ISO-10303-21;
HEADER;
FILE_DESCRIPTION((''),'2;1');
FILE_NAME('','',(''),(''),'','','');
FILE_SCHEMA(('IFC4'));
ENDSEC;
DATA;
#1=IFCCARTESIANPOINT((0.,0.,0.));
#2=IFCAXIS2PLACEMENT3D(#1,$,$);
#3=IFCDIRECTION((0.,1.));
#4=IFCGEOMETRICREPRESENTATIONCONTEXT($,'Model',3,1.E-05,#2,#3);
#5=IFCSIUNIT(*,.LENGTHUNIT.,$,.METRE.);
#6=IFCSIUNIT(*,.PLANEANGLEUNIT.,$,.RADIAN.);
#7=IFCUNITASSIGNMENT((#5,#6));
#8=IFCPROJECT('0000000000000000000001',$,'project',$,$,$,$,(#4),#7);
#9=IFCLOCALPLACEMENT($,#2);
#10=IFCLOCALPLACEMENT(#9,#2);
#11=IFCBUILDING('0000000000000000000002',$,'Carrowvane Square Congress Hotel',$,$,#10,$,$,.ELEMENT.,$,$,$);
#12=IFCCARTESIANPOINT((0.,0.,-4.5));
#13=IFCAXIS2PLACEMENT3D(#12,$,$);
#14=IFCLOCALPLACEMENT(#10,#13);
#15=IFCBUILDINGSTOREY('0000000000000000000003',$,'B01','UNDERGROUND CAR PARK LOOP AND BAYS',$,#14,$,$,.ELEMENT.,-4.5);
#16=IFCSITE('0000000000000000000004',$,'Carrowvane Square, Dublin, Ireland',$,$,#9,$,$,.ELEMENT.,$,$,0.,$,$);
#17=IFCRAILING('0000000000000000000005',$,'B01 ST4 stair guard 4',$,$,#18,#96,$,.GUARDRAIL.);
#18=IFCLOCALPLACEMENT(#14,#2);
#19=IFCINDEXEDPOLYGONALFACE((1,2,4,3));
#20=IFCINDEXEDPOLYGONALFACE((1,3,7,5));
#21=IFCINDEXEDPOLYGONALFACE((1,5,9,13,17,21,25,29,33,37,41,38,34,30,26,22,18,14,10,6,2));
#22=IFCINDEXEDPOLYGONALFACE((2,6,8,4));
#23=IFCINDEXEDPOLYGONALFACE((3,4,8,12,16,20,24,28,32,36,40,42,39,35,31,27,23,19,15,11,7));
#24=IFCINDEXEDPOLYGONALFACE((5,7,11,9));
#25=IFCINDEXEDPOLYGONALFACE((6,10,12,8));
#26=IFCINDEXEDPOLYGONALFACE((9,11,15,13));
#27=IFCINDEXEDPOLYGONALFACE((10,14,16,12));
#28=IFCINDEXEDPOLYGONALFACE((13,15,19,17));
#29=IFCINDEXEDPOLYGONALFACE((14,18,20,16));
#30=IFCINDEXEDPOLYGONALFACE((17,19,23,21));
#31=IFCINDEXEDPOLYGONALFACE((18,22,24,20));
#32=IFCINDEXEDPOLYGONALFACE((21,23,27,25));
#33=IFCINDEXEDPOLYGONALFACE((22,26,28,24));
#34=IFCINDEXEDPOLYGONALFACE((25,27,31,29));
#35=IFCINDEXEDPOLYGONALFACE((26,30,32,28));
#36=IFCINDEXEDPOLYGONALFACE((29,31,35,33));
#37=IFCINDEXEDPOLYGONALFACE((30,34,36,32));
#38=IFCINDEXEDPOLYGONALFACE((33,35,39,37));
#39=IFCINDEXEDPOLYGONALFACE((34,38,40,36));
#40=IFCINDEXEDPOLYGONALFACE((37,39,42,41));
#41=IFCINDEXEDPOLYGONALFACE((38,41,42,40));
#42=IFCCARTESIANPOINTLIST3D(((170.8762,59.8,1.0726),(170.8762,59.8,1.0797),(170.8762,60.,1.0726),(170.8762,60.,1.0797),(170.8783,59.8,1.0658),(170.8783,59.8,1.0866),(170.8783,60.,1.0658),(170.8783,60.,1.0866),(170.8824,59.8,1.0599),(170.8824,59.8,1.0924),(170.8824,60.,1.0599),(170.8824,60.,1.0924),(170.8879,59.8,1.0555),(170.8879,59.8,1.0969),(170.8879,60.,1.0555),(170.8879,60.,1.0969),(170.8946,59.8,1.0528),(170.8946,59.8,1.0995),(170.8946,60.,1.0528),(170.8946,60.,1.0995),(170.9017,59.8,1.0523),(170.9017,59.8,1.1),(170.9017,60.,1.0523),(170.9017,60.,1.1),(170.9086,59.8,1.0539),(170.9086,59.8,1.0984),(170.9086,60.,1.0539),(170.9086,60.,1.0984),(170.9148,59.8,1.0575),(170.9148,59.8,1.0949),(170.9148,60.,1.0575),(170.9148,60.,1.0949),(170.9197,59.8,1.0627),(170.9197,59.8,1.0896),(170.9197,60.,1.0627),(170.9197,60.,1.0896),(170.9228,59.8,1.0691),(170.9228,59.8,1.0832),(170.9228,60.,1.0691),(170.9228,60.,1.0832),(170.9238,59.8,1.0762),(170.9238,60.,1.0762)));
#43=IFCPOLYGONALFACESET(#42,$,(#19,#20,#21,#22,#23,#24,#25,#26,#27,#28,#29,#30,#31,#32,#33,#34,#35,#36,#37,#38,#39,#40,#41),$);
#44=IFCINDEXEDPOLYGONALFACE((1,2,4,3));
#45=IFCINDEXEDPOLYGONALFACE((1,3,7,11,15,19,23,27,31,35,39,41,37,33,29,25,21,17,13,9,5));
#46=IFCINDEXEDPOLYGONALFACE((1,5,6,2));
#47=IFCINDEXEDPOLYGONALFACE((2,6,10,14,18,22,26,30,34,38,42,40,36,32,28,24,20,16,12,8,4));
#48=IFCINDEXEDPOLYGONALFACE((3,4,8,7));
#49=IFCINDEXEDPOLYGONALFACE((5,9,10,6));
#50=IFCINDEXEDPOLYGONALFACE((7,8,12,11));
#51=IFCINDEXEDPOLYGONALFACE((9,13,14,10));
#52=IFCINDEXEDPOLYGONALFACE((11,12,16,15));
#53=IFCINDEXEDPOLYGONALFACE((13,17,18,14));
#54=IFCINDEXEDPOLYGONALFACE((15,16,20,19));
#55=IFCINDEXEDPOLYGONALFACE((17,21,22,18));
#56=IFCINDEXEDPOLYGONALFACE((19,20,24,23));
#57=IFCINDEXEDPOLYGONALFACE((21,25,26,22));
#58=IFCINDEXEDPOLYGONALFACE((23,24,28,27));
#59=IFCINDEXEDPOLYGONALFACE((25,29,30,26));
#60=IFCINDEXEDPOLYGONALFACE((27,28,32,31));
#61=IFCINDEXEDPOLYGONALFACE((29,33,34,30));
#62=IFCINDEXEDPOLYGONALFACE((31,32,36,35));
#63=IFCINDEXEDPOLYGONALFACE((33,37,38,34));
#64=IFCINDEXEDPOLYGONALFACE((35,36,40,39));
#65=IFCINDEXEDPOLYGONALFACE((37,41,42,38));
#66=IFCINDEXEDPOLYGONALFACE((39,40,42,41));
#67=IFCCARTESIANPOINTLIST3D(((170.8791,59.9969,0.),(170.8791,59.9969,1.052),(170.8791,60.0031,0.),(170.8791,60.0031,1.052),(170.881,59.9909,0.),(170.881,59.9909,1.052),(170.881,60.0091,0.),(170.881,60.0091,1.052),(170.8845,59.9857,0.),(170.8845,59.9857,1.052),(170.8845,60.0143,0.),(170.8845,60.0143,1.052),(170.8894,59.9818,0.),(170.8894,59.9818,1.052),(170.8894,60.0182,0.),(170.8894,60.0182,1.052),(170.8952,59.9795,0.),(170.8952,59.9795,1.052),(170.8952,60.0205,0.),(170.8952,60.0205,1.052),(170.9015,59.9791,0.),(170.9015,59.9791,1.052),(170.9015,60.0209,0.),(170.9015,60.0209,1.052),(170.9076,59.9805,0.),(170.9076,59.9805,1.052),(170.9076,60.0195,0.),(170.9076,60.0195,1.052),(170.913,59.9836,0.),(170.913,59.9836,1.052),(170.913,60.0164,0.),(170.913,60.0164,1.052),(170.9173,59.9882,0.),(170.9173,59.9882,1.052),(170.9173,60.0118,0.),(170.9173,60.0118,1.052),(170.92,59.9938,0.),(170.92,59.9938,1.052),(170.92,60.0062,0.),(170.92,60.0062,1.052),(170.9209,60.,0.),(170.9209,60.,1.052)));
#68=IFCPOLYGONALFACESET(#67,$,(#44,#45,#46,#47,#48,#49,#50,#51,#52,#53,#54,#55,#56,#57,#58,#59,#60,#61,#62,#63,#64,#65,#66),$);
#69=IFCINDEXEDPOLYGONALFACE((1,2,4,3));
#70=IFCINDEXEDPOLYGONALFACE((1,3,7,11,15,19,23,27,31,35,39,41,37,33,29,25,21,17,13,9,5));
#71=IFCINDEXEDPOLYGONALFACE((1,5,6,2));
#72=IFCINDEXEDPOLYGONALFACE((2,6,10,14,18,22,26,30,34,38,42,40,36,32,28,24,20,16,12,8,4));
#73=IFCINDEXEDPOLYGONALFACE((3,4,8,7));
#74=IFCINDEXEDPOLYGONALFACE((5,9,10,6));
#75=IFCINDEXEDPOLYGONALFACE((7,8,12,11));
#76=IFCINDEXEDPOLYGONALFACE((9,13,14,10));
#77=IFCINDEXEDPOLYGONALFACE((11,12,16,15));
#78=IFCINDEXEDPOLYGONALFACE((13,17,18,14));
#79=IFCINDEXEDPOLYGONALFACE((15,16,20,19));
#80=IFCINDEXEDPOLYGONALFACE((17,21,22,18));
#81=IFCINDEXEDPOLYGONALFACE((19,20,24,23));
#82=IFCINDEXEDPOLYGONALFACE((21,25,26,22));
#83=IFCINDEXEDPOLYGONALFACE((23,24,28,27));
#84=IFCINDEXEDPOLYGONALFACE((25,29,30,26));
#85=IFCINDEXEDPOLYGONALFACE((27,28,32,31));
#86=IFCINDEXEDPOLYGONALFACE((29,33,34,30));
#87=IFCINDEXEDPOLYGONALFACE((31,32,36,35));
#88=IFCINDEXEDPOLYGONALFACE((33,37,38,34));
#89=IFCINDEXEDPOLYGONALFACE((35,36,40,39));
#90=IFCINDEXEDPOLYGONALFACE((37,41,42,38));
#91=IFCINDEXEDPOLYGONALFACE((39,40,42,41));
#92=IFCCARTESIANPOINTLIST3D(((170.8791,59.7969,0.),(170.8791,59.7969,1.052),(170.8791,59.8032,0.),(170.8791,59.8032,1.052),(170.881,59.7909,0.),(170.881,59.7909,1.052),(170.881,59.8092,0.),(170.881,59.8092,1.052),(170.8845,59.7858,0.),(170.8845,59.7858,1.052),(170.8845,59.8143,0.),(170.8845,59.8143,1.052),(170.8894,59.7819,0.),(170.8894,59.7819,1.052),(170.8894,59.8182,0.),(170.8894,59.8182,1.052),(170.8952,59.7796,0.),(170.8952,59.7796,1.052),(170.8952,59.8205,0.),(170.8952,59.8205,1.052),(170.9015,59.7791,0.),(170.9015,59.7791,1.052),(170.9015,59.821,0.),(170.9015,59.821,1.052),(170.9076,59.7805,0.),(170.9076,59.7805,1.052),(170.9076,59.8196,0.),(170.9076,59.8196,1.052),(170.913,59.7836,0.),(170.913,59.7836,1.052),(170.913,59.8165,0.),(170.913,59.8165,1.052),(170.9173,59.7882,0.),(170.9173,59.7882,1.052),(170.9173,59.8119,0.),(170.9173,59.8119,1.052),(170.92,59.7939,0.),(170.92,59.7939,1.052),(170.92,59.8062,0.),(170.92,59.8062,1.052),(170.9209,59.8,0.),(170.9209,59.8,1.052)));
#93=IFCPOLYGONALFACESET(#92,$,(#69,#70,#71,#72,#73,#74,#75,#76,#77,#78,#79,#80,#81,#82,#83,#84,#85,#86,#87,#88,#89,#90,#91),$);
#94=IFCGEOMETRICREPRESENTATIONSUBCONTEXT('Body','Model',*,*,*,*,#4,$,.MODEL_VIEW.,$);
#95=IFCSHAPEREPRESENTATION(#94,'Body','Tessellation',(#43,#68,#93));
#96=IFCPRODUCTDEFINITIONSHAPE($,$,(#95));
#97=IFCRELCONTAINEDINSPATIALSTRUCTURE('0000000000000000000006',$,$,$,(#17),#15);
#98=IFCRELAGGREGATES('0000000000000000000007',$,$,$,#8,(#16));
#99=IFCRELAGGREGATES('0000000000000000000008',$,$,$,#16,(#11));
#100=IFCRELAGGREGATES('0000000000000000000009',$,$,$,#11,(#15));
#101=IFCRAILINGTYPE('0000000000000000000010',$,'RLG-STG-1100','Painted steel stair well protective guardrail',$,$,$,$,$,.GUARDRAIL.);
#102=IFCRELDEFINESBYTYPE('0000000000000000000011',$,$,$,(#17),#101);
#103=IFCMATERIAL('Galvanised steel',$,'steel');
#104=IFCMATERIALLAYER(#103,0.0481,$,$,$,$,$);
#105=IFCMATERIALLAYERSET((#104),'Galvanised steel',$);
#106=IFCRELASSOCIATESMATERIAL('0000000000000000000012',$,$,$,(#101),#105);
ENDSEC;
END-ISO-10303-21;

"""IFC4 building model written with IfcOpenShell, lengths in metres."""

from ifc_helpers import new_model, si_unit, direction, frame, origin, origin_2d, place, context, subcontext, project, spatial, circle, extrude, material, layer, layer_set, type_object, element, save


model = new_model("IFC4")

# Units and contexts
model_context = context("Model", 3, precision=1e-05, world=origin(), true_north=direction((0.0, 1.0)))
body_context = subcontext(model_context, "Body", "Model", "MODEL_VIEW")
ifc_project = project(units=[si_unit("LENGTHUNIT", "METRE"), si_unit("PLANEANGLEUNIT", "RADIAN")], contexts=[model_context])

# Site, building, storey
site_placement = place(None, origin())
site = spatial("IfcSite", under=ifc_project, at=site_placement, Name="Carrowvane Square, Dublin, Ireland", CompositionType="ELEMENT", RefElevation=0.0)
building_placement = place(site_placement, origin())
building = spatial("IfcBuilding", under=site, at=building_placement, Name="Carrowvane Square Congress Hotel", CompositionType="ELEMENT")
storey_placement = place(building_placement, frame((0.0, 0.0, -4.5)))
storey = spatial("IfcBuildingStorey", under=building, at=storey_placement, Name="B01", Description="UNDERGROUND CAR PARK LOOP AND BAYS", CompositionType="ELEMENT", Elevation=-4.5)

# Railing
ifc_material_1 = material(Name="Galvanised steel", Category="steel")
ifc_layer_1 = layer(ifc_material_1, 0.0481)
ifc_layer_set_1 = layer_set([ifc_layer_1], Name="Galvanised steel")
railing_type_1 = type_object("IfcRailingType", Name="RLG-STG-1100", Description="Painted steel stair well protective guardrail", PredefinedType="GUARDRAIL", material=ifc_layer_set_1)
railing_1_placement = place(storey_placement, frame((170.8999, 60.0, 0.0)))
element("IfcRailing", 1, at=railing_1_placement, inside=storey, type_object=railing_type_1, Name="B01 ST4 stair guard 4", PredefinedType="GUARDRAIL", context=body_context, shape_type="SweptSolid", body=[
    extrude(circle(Radius=0.0239, at=origin_2d()), frame((0.0, 0.0, 1.0762), z_axis=(0.0, -1.0, 0.0), x_axis=(1.0, 0.0, 0.0)), (0.0, 0.0, 1.0), 0.2),
    extrude(circle(Radius=0.021, at=origin_2d()), origin(), (0.0, 0.0, 1.0), 1.052),
    extrude(circle(Radius=0.021, at=origin_2d()), frame((0.0, -0.2, 0.0)), (0.0, 0.0, 1.0), 1.052),
])

save(model, "model.ifc")
